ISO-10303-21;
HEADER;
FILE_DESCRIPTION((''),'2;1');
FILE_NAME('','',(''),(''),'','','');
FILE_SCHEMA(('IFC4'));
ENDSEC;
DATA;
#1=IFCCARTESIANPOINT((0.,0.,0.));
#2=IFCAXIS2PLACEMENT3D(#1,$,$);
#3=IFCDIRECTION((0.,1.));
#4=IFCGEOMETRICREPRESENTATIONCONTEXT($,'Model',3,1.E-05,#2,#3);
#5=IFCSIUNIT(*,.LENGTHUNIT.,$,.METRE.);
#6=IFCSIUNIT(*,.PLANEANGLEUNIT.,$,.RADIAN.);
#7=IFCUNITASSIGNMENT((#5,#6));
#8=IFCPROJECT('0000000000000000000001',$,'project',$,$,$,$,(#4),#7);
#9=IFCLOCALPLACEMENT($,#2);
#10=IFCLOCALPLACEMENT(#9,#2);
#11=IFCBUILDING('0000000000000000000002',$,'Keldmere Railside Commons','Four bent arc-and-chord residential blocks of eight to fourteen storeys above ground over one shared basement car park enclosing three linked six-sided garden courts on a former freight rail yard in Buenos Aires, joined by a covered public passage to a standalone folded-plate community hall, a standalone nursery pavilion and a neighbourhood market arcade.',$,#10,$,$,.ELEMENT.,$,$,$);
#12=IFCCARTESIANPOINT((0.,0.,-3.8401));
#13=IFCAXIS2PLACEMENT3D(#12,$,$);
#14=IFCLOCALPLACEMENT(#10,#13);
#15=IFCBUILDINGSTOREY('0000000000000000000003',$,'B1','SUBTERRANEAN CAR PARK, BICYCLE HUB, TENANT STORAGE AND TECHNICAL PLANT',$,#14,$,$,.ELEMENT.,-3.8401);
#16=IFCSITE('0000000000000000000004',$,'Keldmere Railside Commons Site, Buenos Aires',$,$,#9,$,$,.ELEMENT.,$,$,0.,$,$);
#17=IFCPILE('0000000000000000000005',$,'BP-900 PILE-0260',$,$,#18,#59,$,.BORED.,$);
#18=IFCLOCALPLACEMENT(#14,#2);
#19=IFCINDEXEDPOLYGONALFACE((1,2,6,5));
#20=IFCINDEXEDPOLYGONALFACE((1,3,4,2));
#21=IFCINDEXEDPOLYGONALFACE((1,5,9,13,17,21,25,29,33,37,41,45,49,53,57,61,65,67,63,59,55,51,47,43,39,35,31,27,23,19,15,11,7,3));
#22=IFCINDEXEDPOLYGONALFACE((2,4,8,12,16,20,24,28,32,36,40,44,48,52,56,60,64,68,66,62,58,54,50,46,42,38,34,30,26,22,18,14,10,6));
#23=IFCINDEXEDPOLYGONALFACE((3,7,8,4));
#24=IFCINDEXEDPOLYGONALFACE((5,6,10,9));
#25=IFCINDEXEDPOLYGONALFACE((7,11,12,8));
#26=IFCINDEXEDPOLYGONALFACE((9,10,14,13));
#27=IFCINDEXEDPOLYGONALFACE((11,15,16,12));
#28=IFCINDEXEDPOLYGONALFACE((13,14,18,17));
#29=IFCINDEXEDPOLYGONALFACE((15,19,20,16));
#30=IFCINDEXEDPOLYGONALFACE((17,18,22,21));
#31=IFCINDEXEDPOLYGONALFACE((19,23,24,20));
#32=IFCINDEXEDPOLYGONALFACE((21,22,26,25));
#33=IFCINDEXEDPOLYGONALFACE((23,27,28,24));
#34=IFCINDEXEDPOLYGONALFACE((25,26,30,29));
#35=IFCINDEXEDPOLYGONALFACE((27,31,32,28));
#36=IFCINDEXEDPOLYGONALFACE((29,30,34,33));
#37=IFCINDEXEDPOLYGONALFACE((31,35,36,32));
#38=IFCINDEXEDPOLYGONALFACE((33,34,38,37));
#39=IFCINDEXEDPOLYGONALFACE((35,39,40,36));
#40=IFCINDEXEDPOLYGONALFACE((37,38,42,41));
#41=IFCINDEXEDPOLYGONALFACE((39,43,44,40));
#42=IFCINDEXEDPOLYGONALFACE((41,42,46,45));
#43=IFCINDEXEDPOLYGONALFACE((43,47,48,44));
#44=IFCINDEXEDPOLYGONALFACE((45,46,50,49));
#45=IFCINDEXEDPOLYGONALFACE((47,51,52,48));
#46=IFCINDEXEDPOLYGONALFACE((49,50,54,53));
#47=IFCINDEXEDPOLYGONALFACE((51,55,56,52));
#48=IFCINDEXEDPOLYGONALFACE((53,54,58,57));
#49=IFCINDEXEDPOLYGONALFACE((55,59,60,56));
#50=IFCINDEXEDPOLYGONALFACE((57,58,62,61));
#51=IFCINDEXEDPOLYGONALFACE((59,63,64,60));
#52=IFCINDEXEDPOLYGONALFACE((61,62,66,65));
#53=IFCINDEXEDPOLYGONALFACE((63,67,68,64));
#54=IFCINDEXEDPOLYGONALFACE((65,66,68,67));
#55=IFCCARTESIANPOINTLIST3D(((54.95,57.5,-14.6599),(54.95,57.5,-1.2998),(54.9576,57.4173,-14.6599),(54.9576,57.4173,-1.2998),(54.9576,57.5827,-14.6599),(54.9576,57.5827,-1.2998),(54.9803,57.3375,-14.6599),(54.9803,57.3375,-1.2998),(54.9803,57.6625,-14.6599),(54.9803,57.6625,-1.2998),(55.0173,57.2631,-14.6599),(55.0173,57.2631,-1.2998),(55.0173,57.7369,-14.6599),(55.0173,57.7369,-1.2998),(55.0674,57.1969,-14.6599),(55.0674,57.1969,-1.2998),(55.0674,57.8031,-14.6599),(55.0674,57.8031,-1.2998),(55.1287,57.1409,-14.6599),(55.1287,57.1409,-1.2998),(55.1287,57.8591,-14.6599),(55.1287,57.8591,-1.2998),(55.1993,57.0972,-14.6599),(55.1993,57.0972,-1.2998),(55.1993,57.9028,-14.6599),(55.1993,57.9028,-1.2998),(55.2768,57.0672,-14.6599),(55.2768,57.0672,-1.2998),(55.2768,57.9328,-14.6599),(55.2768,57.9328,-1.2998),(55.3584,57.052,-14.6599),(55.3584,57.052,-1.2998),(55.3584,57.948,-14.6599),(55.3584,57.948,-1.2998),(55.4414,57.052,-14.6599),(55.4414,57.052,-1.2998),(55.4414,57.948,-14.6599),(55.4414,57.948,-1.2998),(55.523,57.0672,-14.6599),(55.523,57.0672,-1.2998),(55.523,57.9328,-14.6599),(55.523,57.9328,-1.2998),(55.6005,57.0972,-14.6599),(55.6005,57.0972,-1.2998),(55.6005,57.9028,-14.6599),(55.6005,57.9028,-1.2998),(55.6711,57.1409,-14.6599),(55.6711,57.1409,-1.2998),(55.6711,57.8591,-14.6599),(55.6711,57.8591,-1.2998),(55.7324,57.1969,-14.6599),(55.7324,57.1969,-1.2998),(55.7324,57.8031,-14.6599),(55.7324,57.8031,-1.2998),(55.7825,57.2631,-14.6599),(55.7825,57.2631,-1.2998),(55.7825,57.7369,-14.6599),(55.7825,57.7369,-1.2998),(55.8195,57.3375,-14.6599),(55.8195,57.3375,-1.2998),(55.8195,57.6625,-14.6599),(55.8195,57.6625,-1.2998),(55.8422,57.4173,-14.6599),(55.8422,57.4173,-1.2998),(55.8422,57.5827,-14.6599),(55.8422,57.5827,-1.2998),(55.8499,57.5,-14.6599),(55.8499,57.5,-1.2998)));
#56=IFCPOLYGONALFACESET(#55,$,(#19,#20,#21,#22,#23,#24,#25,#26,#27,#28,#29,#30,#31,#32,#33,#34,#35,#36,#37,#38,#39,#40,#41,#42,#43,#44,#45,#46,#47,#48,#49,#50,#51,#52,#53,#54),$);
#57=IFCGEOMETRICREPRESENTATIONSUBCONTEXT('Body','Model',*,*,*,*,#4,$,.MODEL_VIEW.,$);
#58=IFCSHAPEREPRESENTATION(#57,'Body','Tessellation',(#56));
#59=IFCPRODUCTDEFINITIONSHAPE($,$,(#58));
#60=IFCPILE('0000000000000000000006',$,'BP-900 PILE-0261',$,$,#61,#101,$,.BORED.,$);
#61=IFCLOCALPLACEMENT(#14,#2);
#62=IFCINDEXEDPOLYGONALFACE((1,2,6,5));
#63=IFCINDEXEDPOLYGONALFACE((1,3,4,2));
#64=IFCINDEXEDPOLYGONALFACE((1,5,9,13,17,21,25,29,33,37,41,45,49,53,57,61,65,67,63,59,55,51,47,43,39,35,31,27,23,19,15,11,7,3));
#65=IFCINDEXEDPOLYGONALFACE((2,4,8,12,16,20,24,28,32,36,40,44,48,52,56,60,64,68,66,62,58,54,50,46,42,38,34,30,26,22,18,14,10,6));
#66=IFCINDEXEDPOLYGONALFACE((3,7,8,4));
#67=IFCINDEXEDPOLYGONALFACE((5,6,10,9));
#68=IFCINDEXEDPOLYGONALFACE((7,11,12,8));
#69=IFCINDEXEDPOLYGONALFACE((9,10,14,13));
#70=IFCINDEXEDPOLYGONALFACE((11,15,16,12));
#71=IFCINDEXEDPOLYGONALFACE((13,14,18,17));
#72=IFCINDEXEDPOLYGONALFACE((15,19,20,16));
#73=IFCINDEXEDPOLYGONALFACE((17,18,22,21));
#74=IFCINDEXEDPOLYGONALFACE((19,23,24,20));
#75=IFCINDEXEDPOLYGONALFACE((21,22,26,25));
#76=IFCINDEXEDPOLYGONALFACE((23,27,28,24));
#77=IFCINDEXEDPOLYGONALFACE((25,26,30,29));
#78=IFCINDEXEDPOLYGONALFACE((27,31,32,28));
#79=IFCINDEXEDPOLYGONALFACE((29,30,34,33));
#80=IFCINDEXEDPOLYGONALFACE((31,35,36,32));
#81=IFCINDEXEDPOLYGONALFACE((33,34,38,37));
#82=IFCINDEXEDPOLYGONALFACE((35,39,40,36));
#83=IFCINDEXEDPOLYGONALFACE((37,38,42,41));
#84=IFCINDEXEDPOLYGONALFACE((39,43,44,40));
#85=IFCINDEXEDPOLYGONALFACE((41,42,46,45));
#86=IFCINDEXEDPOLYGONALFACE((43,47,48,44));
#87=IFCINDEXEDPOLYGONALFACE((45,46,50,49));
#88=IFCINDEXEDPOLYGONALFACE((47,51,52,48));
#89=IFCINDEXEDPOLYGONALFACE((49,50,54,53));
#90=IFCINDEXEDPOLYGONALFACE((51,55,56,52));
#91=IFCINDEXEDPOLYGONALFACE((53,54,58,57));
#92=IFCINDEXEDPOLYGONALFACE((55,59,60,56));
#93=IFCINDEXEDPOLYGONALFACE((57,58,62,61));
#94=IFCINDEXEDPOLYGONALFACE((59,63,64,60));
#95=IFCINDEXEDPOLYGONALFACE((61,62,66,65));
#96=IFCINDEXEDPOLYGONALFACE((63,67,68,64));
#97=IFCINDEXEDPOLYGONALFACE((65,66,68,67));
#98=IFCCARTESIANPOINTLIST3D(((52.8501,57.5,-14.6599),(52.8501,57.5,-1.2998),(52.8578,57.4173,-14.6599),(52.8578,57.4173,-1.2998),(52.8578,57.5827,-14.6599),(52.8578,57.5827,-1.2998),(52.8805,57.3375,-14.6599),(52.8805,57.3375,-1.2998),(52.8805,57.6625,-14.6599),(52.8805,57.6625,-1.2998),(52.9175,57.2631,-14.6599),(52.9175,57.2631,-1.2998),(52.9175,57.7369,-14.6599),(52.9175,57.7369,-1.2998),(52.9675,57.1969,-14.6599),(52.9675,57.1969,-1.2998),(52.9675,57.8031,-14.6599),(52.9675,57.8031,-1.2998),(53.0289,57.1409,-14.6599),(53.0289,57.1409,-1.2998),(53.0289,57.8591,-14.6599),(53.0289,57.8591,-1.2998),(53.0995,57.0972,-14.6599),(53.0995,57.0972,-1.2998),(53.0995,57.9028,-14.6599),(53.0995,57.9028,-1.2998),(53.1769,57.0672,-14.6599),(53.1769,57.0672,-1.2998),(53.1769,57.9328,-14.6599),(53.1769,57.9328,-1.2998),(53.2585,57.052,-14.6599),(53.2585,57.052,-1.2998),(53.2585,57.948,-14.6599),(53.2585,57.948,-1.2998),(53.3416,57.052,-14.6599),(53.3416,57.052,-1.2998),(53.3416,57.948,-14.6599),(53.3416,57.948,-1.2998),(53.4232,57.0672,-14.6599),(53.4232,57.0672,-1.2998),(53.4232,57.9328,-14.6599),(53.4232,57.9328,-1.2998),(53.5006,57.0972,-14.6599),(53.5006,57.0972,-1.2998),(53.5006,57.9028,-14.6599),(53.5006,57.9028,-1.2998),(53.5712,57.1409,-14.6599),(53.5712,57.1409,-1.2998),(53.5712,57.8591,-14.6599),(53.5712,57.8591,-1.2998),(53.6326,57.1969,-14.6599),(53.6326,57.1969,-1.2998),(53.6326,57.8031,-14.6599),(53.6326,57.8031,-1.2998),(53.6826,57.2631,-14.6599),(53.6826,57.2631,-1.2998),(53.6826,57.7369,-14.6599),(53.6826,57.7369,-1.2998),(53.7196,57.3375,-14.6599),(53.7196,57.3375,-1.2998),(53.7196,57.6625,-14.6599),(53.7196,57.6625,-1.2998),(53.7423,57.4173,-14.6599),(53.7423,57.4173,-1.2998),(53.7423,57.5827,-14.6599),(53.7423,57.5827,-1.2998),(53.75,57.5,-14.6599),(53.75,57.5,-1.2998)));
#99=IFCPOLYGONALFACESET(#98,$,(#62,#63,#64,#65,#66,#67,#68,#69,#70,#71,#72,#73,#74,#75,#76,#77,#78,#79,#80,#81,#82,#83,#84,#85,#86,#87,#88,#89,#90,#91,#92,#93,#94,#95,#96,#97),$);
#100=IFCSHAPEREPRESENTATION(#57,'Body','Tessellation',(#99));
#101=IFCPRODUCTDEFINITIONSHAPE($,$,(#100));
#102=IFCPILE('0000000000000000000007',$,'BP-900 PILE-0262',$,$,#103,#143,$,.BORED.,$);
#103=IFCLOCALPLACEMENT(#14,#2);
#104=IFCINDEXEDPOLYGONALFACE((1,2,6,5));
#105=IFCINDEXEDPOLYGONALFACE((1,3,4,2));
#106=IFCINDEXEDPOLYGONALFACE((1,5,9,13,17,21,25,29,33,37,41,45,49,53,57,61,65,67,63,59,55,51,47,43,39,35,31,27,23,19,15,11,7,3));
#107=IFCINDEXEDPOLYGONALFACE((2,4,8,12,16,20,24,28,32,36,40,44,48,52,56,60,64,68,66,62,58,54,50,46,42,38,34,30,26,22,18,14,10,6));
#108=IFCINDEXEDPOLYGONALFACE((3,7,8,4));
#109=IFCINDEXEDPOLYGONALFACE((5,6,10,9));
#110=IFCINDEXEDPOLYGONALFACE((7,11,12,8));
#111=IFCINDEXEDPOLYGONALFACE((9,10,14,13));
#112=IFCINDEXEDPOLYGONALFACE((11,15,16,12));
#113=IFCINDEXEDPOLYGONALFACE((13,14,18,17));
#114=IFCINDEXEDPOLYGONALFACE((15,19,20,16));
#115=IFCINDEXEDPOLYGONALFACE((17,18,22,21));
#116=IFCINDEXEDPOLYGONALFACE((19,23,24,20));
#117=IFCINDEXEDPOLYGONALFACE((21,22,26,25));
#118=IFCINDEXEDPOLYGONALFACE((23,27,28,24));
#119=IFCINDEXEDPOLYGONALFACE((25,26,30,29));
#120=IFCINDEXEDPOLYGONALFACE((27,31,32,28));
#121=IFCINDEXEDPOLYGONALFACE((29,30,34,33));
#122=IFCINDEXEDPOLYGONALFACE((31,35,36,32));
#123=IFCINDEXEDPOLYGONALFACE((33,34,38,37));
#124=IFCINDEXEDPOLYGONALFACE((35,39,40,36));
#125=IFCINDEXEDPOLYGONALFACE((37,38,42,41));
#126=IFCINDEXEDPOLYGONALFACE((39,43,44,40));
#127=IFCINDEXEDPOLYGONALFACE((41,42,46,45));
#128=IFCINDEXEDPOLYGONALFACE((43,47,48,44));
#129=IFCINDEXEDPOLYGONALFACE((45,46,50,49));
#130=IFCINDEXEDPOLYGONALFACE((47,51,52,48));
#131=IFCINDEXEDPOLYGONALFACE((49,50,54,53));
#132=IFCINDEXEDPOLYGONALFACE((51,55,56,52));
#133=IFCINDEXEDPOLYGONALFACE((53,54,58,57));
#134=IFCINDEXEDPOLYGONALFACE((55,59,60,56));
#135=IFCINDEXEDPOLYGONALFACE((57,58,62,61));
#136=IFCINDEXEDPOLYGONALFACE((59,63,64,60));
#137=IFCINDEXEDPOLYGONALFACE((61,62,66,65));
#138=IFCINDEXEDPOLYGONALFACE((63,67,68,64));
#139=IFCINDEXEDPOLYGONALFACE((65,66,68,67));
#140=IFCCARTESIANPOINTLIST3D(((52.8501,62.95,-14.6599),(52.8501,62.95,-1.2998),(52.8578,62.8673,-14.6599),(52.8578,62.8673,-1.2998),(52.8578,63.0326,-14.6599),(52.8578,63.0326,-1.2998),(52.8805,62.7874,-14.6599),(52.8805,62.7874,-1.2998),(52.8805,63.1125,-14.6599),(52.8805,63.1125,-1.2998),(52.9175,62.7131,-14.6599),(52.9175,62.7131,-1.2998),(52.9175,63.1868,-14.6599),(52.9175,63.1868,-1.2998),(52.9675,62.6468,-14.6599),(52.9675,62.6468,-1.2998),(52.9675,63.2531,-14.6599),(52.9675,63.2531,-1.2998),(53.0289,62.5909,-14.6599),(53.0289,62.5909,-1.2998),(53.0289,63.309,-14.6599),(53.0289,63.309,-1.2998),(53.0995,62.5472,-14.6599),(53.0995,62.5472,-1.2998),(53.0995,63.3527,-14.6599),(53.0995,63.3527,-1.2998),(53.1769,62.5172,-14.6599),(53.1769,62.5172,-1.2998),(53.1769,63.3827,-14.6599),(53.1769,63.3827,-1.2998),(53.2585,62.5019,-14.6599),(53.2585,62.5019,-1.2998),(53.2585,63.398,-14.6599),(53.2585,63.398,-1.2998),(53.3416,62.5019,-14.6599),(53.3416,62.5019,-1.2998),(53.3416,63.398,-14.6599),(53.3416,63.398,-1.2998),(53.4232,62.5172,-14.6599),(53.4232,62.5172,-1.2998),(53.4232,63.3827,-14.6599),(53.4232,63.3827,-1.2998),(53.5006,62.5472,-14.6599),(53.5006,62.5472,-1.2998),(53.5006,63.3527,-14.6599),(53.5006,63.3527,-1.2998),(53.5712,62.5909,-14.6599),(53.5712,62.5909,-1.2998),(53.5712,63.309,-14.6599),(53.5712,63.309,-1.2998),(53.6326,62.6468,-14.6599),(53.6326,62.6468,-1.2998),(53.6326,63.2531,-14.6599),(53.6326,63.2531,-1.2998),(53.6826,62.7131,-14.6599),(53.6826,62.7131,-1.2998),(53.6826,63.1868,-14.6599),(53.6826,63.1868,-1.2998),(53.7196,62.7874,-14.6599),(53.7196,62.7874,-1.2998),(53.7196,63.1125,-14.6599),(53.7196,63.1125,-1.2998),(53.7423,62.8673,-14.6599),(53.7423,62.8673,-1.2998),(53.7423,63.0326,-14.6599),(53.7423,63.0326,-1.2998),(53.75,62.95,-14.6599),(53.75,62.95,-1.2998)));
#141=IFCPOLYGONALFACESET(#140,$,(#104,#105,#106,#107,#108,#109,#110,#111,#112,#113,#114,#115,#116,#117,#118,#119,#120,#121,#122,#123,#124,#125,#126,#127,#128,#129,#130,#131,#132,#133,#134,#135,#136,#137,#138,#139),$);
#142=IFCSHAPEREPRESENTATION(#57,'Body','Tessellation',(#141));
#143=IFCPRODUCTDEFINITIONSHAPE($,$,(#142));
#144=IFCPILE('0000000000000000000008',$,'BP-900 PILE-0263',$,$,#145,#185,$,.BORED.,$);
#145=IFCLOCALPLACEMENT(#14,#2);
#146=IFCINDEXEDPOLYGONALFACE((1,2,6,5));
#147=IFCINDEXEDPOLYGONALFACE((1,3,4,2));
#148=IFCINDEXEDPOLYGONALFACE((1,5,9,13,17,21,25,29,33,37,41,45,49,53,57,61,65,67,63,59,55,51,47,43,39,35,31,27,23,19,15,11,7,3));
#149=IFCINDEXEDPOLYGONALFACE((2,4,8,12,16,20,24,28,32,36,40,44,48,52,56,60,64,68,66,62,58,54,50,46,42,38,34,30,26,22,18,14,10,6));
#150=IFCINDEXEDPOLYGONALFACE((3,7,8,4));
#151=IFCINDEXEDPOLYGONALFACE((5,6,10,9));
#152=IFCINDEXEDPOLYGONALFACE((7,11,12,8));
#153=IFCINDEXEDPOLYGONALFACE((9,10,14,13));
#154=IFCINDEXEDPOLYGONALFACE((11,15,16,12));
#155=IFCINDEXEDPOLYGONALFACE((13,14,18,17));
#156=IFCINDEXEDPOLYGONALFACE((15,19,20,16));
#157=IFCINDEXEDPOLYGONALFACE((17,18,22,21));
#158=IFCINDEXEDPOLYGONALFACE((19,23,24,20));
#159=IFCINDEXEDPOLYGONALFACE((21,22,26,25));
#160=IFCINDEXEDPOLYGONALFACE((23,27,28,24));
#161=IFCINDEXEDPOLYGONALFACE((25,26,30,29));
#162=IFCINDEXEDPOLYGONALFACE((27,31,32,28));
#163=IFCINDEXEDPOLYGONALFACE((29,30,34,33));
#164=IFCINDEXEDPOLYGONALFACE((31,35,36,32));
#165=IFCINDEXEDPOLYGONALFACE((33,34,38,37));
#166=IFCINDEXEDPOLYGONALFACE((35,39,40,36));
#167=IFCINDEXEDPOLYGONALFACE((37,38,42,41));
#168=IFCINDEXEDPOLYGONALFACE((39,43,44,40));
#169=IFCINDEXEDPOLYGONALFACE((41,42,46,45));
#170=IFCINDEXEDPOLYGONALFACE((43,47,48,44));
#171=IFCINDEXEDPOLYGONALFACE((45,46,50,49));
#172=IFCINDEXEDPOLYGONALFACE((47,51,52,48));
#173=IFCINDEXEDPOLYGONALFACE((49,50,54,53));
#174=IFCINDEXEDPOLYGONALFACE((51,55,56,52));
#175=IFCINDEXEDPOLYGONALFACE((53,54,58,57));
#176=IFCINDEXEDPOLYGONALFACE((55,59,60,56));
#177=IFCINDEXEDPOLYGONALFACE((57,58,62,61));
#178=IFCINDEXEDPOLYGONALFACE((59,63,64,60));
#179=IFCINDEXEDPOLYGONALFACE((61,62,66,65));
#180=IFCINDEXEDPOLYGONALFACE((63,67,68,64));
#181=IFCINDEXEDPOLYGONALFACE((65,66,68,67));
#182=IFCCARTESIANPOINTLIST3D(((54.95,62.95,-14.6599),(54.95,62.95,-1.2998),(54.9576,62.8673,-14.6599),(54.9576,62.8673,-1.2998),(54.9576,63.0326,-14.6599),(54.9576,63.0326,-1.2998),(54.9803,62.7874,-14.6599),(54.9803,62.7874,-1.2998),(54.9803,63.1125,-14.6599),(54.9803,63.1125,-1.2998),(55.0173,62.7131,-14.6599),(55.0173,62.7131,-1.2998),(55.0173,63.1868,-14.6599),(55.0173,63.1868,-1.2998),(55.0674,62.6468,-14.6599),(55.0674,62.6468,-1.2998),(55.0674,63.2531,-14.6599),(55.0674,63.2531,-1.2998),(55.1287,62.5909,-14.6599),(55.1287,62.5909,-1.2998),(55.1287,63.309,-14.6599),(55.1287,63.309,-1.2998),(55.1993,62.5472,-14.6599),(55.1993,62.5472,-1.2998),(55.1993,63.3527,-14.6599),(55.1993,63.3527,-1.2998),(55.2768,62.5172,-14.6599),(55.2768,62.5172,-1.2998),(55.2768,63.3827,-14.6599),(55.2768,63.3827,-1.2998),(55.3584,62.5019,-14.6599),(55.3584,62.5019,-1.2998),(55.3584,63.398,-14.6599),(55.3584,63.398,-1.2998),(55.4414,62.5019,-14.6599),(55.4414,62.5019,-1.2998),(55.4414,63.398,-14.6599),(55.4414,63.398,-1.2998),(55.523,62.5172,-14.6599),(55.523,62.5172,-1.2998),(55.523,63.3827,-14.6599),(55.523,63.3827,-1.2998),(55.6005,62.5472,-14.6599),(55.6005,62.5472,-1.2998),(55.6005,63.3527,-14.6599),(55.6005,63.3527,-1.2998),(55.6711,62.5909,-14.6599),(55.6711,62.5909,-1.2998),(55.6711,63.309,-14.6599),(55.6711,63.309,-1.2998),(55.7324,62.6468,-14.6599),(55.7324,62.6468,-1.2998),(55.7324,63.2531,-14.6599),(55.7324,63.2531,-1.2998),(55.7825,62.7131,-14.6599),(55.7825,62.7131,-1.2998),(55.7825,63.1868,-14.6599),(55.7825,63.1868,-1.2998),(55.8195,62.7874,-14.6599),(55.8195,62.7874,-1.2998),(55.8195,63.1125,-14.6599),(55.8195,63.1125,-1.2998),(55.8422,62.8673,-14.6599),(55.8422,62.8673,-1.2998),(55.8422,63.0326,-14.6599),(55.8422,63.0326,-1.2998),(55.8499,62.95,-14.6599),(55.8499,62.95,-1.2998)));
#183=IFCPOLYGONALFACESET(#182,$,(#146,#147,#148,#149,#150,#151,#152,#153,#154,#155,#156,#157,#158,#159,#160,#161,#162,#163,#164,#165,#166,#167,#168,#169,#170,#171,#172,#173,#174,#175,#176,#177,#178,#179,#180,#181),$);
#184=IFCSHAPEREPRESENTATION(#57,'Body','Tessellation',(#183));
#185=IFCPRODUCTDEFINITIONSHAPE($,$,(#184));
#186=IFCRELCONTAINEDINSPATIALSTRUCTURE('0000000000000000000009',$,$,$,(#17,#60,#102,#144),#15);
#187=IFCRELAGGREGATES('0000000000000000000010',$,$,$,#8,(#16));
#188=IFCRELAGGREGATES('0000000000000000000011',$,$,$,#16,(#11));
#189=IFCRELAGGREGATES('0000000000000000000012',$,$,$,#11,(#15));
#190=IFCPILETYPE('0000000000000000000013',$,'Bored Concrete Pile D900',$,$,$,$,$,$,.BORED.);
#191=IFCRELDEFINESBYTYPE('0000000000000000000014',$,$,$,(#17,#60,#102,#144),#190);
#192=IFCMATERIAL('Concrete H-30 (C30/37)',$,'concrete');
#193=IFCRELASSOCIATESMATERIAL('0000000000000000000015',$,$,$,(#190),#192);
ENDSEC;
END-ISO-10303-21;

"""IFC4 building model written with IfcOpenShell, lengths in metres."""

from ifc_helpers import new_model, si_unit, direction, frame, origin, origin_2d, place, context, subcontext, project, spatial, circle, extrude, material, material_profile, profile_set, type_object, element, save


model = new_model("IFC4")

# Units and contexts
model_context = context("Model", 3, precision=1e-05, world=origin(), true_north=direction((0.0, 1.0)))
body_context = subcontext(model_context, "Body", "Model", "MODEL_VIEW")
ifc_project = project(units=[si_unit("LENGTHUNIT", "METRE"), si_unit("PLANEANGLEUNIT", "RADIAN")], contexts=[model_context])

# Site, building, storey
site_placement = place(None, origin())
site = spatial("IfcSite", under=ifc_project, at=site_placement, Name="Keldmere Railside Commons Site, Buenos Aires", CompositionType="ELEMENT", RefElevation=0.0)
building_placement = place(site_placement, origin())
building = spatial("IfcBuilding", under=site, at=building_placement, Name="Keldmere Railside Commons", Description="Four bent arc-and-chord residential blocks of eight to fourteen storeys above ground over one shared basement car park enclosing three linked six-sided garden courts on a former freight rail yard in Buenos Aires, joined by a covered public passage to a standalone folded-plate community hall, a standalone nursery pavilion and a neighbourhood market arcade.", CompositionType="ELEMENT")
storey_placement = place(building_placement, frame((0.0, 0.0, -3.8401)))
storey = spatial("IfcBuildingStorey", under=building, at=storey_placement, Name="B1", Description="SUBTERRANEAN CAR PARK, BICYCLE HUB, TENANT STORAGE AND TECHNICAL PLANT", CompositionType="ELEMENT", Elevation=-3.8401)

# Piles
ifc_material_1 = material(Name="Concrete H-30 (C30/37)", Category="concrete")
ifc_material_profile_1 = material_profile(ifc_material_1, circle(Radius=0.45, at=origin_2d()), Name="PILE-D900")
ifc_profile_set_1 = profile_set([ifc_material_profile_1], Name="Concrete H-30 (C30/37)")
pile_type = type_object("IfcPileType", Name="Bored Concrete Pile D900", PredefinedType="BORED", material=ifc_profile_set_1)
for number, where, z_axis, x_axis, name in (
    (1, (55.3999, 57.5, -1.2998), (0.0, 0.0, -1.0), (1.0, 0.0, 0.0), "BP-900 PILE-0260"),
    (2, (53.3, 57.5, -1.2998), (0.0, 0.0, -1.0), (1.0, 0.0, 0.0), "BP-900 PILE-0261"),
    (3, (53.3, 62.95, -1.2998), (0.0, 0.0, -1.0), (1.0, 0.0, 0.0), "BP-900 PILE-0262"),
    (4, (55.3999, 62.95, -1.2998), (0.0, 0.0, -1.0), (1.0, 0.0, 0.0), "BP-900 PILE-0263"),
):
    element("IfcPile", number, at=place(storey_placement, frame(where, z_axis=z_axis, x_axis=x_axis)), inside=storey, type_object=pile_type, Name=name, PredefinedType="BORED", context=body_context, shape_type="SweptSolid", body=[
        extrude(circle(Radius=0.45, at=origin_2d()), origin(), (0.0, 0.0, 1.0), 13.3601),
    ])

save(model, "model.ifc")
